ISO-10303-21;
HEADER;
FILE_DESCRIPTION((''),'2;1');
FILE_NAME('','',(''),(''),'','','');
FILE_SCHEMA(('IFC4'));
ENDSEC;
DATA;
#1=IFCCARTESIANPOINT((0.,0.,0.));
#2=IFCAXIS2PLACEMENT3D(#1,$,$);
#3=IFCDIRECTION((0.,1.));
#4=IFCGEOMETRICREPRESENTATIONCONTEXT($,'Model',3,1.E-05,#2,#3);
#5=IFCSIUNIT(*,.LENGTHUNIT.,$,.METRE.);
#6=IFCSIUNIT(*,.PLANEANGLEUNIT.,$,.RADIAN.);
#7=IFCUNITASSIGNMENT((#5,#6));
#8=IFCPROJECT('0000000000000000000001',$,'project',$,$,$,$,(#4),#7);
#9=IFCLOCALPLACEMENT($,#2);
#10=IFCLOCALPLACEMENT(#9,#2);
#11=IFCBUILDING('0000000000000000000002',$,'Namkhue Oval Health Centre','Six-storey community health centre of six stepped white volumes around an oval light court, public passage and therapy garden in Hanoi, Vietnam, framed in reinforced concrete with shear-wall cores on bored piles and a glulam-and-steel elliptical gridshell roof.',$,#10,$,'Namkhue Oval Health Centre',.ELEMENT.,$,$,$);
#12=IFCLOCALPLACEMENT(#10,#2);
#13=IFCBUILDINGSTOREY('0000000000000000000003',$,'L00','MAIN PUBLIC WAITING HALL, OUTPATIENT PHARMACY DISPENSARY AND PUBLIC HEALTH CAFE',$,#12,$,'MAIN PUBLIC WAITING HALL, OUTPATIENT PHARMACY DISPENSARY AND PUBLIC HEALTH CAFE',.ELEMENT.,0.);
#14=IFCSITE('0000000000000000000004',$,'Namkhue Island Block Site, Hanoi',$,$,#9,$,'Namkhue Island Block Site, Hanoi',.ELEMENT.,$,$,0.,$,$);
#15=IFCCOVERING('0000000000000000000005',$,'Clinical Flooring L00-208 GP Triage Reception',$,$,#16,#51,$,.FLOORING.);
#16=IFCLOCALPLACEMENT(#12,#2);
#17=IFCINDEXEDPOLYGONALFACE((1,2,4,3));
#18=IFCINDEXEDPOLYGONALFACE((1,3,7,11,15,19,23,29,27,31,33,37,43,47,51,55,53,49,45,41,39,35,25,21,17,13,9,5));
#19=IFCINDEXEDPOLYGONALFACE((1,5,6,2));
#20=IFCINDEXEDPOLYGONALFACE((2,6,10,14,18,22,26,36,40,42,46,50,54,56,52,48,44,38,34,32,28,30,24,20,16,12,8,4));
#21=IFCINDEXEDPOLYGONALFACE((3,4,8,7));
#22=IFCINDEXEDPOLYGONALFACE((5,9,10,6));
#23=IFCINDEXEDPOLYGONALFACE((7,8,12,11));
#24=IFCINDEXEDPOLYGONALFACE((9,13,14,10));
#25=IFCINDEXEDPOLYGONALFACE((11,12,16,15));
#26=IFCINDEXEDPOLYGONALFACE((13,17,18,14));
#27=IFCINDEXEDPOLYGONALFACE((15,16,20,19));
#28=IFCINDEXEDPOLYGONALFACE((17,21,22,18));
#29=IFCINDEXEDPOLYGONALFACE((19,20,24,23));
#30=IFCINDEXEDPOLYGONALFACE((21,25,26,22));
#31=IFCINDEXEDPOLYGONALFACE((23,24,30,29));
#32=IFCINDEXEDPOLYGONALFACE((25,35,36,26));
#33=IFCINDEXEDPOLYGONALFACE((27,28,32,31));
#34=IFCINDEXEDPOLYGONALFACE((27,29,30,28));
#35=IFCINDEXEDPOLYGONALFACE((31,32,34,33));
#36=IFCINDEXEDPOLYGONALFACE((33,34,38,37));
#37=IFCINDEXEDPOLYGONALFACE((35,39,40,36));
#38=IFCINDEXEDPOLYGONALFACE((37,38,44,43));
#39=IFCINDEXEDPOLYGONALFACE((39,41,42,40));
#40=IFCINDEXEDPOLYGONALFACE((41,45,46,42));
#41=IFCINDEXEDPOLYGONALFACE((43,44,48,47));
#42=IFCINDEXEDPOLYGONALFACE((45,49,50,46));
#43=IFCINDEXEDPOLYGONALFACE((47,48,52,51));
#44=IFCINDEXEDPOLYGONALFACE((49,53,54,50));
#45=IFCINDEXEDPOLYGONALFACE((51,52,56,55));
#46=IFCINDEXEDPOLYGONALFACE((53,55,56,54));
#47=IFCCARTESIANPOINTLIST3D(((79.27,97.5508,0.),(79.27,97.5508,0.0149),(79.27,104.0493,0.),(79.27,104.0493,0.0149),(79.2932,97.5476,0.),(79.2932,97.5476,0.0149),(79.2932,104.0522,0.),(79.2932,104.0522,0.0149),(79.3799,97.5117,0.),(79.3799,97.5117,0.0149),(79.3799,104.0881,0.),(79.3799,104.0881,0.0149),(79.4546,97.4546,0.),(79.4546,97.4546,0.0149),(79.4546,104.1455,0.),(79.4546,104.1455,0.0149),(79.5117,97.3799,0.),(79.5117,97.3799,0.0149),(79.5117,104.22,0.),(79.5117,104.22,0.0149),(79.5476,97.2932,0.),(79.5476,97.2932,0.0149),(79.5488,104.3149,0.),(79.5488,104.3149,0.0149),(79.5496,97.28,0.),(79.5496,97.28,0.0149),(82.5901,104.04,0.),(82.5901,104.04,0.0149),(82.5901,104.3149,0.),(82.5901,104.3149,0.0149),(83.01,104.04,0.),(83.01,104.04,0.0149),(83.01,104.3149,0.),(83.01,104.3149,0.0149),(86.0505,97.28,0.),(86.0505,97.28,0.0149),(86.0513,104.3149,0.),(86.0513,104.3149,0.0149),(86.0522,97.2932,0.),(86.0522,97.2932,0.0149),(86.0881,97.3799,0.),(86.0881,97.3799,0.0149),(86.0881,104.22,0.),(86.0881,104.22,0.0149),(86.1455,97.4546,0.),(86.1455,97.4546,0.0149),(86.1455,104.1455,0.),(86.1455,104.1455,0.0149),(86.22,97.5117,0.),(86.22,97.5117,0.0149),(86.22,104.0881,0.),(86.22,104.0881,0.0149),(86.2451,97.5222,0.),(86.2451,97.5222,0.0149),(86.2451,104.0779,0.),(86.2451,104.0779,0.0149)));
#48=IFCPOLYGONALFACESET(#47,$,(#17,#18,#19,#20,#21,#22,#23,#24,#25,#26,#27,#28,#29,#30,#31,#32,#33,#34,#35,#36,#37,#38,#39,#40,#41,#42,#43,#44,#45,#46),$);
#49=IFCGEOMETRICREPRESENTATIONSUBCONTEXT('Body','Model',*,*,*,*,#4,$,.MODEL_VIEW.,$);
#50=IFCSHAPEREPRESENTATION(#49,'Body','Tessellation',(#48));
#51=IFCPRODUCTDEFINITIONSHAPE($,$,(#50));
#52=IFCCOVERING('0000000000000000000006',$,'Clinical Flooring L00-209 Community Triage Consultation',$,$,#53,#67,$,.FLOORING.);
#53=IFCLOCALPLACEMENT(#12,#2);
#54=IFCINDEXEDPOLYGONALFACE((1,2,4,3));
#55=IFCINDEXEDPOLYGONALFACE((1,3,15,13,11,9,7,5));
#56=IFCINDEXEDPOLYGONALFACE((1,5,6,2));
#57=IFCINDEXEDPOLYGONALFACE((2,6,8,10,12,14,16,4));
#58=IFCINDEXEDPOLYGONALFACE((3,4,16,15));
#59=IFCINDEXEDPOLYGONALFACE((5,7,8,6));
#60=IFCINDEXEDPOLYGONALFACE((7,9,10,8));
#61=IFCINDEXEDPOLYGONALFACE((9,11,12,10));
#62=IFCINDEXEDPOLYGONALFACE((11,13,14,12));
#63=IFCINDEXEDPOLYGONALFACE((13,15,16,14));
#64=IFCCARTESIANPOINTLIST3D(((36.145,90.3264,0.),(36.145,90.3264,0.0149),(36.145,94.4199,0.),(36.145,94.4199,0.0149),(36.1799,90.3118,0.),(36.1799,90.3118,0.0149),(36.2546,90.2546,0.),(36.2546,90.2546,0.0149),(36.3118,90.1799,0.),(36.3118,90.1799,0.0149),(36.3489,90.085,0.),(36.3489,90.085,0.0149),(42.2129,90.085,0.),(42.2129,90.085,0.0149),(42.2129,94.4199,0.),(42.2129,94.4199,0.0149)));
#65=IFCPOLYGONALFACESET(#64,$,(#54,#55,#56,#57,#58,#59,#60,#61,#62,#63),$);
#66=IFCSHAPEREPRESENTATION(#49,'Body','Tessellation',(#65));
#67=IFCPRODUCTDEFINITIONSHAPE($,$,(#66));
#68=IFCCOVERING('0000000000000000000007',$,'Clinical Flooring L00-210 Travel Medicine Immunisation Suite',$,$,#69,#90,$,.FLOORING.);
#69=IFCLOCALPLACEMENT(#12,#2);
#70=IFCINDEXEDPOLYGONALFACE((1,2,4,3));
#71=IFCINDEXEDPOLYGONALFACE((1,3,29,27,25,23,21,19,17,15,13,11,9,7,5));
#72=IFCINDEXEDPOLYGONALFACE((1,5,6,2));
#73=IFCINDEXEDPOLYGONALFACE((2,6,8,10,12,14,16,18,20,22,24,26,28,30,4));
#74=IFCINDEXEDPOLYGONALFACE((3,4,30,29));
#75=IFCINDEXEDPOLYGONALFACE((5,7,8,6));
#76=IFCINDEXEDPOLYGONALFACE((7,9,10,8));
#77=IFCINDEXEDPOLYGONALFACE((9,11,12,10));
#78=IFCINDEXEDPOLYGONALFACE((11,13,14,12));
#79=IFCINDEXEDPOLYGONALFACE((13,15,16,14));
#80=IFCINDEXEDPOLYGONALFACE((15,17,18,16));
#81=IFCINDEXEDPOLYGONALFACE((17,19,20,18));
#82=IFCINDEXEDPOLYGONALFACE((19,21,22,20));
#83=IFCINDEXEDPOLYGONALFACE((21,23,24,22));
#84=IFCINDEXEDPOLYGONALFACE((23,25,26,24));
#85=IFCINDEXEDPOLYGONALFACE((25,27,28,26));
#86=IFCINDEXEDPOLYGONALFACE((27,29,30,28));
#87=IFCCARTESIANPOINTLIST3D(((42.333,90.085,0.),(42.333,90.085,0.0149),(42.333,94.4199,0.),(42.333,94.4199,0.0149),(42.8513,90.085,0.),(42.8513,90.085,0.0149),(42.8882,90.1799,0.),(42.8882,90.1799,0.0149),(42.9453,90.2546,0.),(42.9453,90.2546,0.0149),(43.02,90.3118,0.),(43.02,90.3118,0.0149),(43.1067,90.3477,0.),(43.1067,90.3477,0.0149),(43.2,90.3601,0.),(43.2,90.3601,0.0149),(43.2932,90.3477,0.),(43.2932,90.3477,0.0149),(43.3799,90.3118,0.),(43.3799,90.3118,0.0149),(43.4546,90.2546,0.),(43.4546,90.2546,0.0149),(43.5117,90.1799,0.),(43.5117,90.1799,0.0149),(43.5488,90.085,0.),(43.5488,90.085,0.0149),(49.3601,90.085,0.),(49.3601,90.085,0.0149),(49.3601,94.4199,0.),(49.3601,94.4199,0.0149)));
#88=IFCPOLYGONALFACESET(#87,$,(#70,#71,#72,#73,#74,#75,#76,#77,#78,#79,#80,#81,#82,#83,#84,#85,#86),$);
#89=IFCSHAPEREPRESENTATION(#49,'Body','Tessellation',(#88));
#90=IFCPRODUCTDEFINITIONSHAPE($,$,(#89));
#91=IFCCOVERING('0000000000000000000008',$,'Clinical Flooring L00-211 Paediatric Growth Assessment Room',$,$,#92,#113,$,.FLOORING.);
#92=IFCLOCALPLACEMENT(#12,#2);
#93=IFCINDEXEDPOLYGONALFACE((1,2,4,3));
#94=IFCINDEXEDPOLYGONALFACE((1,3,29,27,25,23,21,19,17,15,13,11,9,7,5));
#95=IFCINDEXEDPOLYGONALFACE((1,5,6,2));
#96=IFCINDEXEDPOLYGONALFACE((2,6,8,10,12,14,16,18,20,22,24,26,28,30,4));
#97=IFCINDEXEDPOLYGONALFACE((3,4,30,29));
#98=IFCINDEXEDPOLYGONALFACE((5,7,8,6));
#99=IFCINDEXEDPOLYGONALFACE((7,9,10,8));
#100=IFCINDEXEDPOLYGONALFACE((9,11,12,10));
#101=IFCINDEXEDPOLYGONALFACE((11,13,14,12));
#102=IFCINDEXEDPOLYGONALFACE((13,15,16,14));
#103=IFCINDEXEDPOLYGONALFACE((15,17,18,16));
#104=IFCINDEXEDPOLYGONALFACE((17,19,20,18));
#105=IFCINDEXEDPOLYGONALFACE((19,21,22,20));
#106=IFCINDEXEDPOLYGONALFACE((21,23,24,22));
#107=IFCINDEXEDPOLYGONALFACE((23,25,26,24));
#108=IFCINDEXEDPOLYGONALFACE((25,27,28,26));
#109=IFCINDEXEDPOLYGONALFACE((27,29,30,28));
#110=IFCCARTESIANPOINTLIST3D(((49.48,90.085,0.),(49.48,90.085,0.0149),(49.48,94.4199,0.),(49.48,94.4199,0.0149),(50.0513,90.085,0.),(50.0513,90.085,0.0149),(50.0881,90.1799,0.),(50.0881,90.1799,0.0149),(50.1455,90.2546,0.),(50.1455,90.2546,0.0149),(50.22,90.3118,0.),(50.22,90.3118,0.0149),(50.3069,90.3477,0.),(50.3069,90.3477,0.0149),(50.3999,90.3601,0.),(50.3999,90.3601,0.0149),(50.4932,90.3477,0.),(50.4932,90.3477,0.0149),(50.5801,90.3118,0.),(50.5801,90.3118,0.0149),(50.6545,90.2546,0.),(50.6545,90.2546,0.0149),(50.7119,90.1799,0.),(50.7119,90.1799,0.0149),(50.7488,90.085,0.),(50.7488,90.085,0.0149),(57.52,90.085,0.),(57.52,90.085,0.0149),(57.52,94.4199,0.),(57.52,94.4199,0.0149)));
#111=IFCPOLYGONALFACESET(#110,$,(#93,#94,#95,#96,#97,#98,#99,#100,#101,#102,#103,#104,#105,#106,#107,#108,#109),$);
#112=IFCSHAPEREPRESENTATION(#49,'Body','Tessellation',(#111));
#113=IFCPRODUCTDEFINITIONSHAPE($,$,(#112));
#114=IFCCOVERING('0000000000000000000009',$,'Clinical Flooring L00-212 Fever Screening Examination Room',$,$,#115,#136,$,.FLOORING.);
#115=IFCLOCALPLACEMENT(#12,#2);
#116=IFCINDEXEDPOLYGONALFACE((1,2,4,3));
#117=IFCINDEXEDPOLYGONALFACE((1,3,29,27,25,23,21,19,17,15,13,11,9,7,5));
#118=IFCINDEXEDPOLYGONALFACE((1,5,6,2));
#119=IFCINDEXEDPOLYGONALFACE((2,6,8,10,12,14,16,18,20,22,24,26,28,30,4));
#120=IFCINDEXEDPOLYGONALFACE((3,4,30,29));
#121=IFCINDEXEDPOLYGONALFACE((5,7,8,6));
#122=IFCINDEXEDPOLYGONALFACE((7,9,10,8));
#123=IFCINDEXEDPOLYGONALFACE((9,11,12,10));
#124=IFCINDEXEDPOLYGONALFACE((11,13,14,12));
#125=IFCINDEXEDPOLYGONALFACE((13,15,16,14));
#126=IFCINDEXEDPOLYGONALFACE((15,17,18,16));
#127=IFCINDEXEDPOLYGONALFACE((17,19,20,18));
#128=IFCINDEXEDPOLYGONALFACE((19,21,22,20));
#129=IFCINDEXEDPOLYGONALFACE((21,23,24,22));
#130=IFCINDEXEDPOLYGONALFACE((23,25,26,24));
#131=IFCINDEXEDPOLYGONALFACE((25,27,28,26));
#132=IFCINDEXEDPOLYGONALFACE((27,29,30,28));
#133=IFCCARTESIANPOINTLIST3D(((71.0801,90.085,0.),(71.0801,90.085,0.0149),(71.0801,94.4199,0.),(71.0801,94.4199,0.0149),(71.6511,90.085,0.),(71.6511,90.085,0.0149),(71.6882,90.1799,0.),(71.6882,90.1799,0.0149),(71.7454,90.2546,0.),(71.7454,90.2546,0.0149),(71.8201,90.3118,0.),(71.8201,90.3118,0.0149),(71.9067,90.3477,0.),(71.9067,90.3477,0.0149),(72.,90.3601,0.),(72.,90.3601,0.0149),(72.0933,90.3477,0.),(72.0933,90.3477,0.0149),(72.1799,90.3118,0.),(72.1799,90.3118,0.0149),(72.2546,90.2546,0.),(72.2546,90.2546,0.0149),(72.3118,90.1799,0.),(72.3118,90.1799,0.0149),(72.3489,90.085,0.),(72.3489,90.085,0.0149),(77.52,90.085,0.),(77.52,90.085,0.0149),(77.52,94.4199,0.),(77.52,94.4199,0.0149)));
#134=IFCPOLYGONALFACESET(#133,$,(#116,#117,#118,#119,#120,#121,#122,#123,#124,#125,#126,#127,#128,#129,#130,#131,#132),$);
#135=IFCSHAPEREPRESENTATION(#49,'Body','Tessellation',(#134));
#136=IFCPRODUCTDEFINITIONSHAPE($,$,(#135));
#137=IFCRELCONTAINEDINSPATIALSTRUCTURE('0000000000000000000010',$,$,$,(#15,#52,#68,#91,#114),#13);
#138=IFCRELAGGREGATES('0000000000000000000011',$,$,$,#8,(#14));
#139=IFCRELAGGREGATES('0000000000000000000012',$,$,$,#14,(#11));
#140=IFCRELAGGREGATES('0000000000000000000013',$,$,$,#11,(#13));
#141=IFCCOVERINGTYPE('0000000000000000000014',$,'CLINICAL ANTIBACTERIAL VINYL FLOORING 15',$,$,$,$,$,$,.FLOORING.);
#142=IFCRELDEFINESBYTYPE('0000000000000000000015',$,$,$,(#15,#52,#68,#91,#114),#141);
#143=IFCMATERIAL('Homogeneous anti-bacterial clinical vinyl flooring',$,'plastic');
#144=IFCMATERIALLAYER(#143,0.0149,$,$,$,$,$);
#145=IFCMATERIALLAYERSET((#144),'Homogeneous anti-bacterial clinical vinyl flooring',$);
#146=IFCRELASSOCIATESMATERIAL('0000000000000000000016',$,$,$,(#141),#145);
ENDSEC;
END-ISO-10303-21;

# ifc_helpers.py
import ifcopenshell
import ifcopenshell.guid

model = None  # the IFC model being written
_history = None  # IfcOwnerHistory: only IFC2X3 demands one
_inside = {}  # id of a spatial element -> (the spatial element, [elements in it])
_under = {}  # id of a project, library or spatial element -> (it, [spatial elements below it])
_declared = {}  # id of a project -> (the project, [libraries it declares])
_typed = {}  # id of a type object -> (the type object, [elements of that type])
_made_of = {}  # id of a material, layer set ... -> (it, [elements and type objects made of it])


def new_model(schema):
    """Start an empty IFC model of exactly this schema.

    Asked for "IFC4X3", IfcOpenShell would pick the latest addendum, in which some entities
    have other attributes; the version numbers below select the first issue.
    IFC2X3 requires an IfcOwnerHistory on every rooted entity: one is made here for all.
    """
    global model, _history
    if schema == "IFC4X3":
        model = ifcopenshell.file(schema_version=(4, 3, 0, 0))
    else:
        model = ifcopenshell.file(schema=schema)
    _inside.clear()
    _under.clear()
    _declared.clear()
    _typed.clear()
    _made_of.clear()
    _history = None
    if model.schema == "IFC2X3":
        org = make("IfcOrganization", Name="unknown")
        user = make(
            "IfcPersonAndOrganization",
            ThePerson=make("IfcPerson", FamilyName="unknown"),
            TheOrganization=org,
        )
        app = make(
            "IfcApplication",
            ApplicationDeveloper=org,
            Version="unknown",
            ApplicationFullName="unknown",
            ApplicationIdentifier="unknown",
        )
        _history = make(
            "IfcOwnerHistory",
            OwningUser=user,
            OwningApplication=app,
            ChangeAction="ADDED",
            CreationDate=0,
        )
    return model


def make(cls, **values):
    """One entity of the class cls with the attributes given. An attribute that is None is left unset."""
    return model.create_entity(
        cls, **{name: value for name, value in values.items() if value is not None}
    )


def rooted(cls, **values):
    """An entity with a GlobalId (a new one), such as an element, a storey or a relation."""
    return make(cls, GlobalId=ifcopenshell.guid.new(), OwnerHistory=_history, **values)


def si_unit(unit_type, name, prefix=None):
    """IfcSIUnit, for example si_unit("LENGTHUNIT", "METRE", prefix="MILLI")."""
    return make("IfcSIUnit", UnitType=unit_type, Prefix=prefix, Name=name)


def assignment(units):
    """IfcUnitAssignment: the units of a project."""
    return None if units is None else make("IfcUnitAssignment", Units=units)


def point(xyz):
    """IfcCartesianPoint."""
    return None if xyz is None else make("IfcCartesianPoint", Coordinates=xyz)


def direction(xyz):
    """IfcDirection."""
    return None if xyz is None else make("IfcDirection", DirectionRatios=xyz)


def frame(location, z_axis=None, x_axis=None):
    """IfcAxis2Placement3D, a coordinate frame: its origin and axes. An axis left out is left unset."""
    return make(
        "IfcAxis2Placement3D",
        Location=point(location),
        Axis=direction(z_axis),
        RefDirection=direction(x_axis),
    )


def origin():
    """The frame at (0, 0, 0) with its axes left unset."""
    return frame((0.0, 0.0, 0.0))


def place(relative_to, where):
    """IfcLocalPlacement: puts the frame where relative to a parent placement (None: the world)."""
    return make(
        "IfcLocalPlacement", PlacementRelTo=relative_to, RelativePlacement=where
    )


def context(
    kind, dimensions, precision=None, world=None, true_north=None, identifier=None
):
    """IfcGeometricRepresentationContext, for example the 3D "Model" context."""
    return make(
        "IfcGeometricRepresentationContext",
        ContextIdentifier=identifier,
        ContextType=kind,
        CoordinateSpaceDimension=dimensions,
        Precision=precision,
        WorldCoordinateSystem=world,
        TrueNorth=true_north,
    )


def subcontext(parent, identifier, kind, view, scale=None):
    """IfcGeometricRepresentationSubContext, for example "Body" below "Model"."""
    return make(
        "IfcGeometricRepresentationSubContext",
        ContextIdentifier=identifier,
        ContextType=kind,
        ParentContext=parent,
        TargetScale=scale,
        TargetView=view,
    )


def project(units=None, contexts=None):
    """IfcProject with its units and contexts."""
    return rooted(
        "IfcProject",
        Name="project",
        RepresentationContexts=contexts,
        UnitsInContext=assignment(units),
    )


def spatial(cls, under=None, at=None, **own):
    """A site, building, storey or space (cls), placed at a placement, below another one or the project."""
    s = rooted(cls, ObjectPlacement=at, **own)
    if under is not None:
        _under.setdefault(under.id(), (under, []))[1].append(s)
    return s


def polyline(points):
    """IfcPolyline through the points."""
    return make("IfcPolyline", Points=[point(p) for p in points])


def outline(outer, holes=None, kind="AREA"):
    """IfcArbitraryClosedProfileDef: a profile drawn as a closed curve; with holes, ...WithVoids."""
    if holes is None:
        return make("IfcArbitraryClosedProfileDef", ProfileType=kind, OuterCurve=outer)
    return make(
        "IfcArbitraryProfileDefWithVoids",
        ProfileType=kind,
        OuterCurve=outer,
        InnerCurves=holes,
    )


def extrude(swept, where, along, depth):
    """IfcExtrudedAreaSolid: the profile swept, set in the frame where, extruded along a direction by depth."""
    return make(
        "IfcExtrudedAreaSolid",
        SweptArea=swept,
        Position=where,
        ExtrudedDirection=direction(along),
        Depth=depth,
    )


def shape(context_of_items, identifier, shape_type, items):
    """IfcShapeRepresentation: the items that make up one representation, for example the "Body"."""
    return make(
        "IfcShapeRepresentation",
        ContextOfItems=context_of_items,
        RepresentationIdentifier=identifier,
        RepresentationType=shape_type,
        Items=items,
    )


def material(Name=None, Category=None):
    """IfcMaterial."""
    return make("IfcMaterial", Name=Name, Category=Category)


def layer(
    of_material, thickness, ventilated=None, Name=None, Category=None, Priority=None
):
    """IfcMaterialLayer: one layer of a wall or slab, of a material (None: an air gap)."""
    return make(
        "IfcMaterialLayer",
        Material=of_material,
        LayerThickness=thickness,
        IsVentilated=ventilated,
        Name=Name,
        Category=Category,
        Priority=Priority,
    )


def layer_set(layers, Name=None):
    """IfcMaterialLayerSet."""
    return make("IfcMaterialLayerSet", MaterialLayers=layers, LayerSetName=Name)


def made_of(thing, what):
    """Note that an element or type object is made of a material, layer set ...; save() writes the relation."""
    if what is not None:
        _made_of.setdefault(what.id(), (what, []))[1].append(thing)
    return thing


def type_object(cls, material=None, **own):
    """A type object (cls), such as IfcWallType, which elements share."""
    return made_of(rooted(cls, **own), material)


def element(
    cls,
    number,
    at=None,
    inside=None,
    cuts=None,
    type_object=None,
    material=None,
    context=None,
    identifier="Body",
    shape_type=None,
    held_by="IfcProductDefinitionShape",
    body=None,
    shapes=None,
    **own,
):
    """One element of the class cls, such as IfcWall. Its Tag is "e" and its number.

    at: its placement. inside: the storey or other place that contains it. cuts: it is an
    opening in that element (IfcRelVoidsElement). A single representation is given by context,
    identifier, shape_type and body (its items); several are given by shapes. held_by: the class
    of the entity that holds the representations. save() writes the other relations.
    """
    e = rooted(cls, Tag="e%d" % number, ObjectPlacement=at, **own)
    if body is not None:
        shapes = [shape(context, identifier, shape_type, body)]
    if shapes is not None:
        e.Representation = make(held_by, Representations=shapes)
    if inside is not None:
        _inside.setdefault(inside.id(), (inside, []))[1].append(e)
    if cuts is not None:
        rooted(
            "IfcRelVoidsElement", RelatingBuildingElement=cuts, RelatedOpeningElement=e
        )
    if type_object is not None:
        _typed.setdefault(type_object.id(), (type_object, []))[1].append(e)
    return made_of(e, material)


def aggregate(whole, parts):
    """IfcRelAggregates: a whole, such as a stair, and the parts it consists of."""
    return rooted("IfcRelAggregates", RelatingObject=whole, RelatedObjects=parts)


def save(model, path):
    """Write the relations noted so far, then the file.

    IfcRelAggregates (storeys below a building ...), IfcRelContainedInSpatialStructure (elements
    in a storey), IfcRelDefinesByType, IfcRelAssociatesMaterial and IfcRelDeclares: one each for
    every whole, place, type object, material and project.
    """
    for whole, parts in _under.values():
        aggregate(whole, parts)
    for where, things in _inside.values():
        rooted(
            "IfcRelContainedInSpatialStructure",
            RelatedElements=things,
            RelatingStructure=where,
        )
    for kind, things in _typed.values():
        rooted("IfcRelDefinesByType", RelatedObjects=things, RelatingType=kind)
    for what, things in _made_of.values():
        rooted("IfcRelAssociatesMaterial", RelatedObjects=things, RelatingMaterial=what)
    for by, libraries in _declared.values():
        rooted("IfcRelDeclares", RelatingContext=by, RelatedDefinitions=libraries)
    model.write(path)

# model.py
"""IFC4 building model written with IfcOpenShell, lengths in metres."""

from ifc_helpers import new_model, si_unit, direction, origin, place, context, subcontext, project, spatial, polyline, outline, extrude, material, layer, layer_set, type_object, element, save


model = new_model("IFC4")

# Units and contexts
model_context = context("Model", 3, precision=1e-05, world=origin(), true_north=direction((0.0, 1.0)))
body_context = subcontext(model_context, "Body", "Model", "MODEL_VIEW")
ifc_project = project(units=[si_unit("LENGTHUNIT", "METRE"), si_unit("PLANEANGLEUNIT", "RADIAN")], contexts=[model_context])

# Site, building, storey
site_placement = place(None, origin())
site = spatial("IfcSite", under=ifc_project, at=site_placement, Name="Namkhue Island Block Site, Hanoi", LongName="Namkhue Island Block Site, Hanoi", CompositionType="ELEMENT", RefElevation=0.0)
building_placement = place(site_placement, origin())
building = spatial("IfcBuilding", under=site, at=building_placement, Name="Namkhue Oval Health Centre", Description="Six-storey community health centre of six stepped white volumes around an oval light court, public passage and therapy garden in Hanoi, Vietnam, framed in reinforced concrete with shear-wall cores on bored piles and a glulam-and-steel elliptical gridshell roof.", LongName="Namkhue Oval Health Centre", CompositionType="ELEMENT")
storey_placement = place(building_placement, origin())
storey = spatial("IfcBuildingStorey", under=building, at=storey_placement, Name="L00", Description="MAIN PUBLIC WAITING HALL, OUTPATIENT PHARMACY DISPENSARY AND PUBLIC HEALTH CAFE", LongName="MAIN PUBLIC WAITING HALL, OUTPATIENT PHARMACY DISPENSARY AND PUBLIC HEALTH CAFE", CompositionType="ELEMENT", Elevation=0.0)

# Coverings
ifc_material_1 = material(Name="Homogeneous anti-bacterial clinical vinyl flooring", Category="plastic")
ifc_layer_1 = layer(ifc_material_1, 0.0149)
ifc_layer_set_1 = layer_set([ifc_layer_1], Name="Homogeneous anti-bacterial clinical vinyl flooring")
covering_type = type_object("IfcCoveringType", Name="CLINICAL ANTIBACTERIAL VINYL FLOORING 15", PredefinedType="FLOORING", material=ifc_layer_set_1)
covering_1_placement = place(storey_placement, origin())
element("IfcCovering", 1, at=covering_1_placement, inside=storey, type_object=covering_type, Name="Clinical Flooring L00-208 GP Triage Reception", PredefinedType="FLOORING", context=body_context, shape_type="SweptSolid", body=[
    extrude(outline(polyline([(79.5496, 97.28), (79.5476, 97.2932), (79.5117, 97.3799), (79.4546, 97.4546), (79.3799, 97.5117), (79.2932, 97.5476), (79.27, 97.5508), (79.27, 104.0493), (79.2932, 104.0522), (79.3799, 104.0881), (79.4546, 104.1455), (79.5117, 104.22), (79.5488, 104.3149), (82.5901, 104.3149), (82.5901, 104.04), (83.01, 104.04), (83.01, 104.3149), (86.0513, 104.3149), (86.0881, 104.22), (86.1455, 104.1455), (86.22, 104.0881), (86.2451, 104.0779), (86.2451, 97.5222), (86.22, 97.5117), (86.1455, 97.4546), (86.0881, 97.3799), (86.0522, 97.2932), (86.0505, 97.28), (79.5496, 97.28)])), origin(), (0.0, 0.0, 1.0), 0.0149),
])
covering_2_placement = place(storey_placement, origin())
element("IfcCovering", 2, at=covering_2_placement, inside=storey, type_object=covering_type, Name="Clinical Flooring L00-209 Community Triage Consultation", PredefinedType="FLOORING", context=body_context, shape_type="SweptSolid", body=[
    extrude(outline(polyline([(36.3489, 90.085), (36.3118, 90.1799), (36.2546, 90.2546), (36.1799, 90.3118), (36.145, 90.3264), (36.145, 94.4199), (42.2129, 94.4199), (42.2129, 90.085), (36.3489, 90.085)])), origin(), (0.0, 0.0, 1.0), 0.0149),
])
covering_3_placement = place(storey_placement, origin())
element("IfcCovering", 3, at=covering_3_placement, inside=storey, type_object=covering_type, Name="Clinical Flooring L00-210 Travel Medicine Immunisation Suite", PredefinedType="FLOORING", context=body_context, shape_type="SweptSolid", body=[
    extrude(outline(polyline([(43.5488, 90.085), (43.5117, 90.1799), (43.4546, 90.2546), (43.3799, 90.3118), (43.2932, 90.3477), (43.2, 90.3601), (43.1067, 90.3477), (43.02, 90.3118), (42.9453, 90.2546), (42.8882, 90.1799), (42.8513, 90.085), (42.333, 90.085), (42.333, 94.4199), (49.3601, 94.4199), (49.3601, 90.085), (43.5488, 90.085)])), origin(), (0.0, 0.0, 1.0), 0.0149),
])
covering_4_placement = place(storey_placement, origin())
element("IfcCovering", 4, at=covering_4_placement, inside=storey, type_object=covering_type, Name="Clinical Flooring L00-211 Paediatric Growth Assessment Room", PredefinedType="FLOORING", context=body_context, shape_type="SweptSolid", body=[
    extrude(outline(polyline([(50.7488, 90.085), (50.7119, 90.1799), (50.6545, 90.2546), (50.5801, 90.3118), (50.4932, 90.3477), (50.3999, 90.3601), (50.3069, 90.3477), (50.22, 90.3118), (50.1455, 90.2546), (50.0881, 90.1799), (50.0513, 90.085), (49.48, 90.085), (49.48, 94.4199), (57.52, 94.4199), (57.52, 90.085), (50.7488, 90.085)])), origin(), (0.0, 0.0, 1.0), 0.0149),
])
covering_5_placement = place(storey_placement, origin())
element("IfcCovering", 5, at=covering_5_placement, inside=storey, type_object=covering_type, Name="Clinical Flooring L00-212 Fever Screening Examination Room", PredefinedType="FLOORING", context=body_context, shape_type="SweptSolid", body=[
    extrude(outline(polyline([(72.3489, 90.085), (72.3118, 90.1799), (72.2546, 90.2546), (72.1799, 90.3118), (72.0933, 90.3477), (72.0, 90.3601), (71.9067, 90.3477), (71.8201, 90.3118), (71.7454, 90.2546), (71.6882, 90.1799), (71.6511, 90.085), (71.0801, 90.085), (71.0801, 94.4199), (77.52, 94.4199), (77.52, 90.085), (72.3489, 90.085)])), origin(), (0.0, 0.0, 1.0), 0.0149),
])

save(model, "model.ifc")
